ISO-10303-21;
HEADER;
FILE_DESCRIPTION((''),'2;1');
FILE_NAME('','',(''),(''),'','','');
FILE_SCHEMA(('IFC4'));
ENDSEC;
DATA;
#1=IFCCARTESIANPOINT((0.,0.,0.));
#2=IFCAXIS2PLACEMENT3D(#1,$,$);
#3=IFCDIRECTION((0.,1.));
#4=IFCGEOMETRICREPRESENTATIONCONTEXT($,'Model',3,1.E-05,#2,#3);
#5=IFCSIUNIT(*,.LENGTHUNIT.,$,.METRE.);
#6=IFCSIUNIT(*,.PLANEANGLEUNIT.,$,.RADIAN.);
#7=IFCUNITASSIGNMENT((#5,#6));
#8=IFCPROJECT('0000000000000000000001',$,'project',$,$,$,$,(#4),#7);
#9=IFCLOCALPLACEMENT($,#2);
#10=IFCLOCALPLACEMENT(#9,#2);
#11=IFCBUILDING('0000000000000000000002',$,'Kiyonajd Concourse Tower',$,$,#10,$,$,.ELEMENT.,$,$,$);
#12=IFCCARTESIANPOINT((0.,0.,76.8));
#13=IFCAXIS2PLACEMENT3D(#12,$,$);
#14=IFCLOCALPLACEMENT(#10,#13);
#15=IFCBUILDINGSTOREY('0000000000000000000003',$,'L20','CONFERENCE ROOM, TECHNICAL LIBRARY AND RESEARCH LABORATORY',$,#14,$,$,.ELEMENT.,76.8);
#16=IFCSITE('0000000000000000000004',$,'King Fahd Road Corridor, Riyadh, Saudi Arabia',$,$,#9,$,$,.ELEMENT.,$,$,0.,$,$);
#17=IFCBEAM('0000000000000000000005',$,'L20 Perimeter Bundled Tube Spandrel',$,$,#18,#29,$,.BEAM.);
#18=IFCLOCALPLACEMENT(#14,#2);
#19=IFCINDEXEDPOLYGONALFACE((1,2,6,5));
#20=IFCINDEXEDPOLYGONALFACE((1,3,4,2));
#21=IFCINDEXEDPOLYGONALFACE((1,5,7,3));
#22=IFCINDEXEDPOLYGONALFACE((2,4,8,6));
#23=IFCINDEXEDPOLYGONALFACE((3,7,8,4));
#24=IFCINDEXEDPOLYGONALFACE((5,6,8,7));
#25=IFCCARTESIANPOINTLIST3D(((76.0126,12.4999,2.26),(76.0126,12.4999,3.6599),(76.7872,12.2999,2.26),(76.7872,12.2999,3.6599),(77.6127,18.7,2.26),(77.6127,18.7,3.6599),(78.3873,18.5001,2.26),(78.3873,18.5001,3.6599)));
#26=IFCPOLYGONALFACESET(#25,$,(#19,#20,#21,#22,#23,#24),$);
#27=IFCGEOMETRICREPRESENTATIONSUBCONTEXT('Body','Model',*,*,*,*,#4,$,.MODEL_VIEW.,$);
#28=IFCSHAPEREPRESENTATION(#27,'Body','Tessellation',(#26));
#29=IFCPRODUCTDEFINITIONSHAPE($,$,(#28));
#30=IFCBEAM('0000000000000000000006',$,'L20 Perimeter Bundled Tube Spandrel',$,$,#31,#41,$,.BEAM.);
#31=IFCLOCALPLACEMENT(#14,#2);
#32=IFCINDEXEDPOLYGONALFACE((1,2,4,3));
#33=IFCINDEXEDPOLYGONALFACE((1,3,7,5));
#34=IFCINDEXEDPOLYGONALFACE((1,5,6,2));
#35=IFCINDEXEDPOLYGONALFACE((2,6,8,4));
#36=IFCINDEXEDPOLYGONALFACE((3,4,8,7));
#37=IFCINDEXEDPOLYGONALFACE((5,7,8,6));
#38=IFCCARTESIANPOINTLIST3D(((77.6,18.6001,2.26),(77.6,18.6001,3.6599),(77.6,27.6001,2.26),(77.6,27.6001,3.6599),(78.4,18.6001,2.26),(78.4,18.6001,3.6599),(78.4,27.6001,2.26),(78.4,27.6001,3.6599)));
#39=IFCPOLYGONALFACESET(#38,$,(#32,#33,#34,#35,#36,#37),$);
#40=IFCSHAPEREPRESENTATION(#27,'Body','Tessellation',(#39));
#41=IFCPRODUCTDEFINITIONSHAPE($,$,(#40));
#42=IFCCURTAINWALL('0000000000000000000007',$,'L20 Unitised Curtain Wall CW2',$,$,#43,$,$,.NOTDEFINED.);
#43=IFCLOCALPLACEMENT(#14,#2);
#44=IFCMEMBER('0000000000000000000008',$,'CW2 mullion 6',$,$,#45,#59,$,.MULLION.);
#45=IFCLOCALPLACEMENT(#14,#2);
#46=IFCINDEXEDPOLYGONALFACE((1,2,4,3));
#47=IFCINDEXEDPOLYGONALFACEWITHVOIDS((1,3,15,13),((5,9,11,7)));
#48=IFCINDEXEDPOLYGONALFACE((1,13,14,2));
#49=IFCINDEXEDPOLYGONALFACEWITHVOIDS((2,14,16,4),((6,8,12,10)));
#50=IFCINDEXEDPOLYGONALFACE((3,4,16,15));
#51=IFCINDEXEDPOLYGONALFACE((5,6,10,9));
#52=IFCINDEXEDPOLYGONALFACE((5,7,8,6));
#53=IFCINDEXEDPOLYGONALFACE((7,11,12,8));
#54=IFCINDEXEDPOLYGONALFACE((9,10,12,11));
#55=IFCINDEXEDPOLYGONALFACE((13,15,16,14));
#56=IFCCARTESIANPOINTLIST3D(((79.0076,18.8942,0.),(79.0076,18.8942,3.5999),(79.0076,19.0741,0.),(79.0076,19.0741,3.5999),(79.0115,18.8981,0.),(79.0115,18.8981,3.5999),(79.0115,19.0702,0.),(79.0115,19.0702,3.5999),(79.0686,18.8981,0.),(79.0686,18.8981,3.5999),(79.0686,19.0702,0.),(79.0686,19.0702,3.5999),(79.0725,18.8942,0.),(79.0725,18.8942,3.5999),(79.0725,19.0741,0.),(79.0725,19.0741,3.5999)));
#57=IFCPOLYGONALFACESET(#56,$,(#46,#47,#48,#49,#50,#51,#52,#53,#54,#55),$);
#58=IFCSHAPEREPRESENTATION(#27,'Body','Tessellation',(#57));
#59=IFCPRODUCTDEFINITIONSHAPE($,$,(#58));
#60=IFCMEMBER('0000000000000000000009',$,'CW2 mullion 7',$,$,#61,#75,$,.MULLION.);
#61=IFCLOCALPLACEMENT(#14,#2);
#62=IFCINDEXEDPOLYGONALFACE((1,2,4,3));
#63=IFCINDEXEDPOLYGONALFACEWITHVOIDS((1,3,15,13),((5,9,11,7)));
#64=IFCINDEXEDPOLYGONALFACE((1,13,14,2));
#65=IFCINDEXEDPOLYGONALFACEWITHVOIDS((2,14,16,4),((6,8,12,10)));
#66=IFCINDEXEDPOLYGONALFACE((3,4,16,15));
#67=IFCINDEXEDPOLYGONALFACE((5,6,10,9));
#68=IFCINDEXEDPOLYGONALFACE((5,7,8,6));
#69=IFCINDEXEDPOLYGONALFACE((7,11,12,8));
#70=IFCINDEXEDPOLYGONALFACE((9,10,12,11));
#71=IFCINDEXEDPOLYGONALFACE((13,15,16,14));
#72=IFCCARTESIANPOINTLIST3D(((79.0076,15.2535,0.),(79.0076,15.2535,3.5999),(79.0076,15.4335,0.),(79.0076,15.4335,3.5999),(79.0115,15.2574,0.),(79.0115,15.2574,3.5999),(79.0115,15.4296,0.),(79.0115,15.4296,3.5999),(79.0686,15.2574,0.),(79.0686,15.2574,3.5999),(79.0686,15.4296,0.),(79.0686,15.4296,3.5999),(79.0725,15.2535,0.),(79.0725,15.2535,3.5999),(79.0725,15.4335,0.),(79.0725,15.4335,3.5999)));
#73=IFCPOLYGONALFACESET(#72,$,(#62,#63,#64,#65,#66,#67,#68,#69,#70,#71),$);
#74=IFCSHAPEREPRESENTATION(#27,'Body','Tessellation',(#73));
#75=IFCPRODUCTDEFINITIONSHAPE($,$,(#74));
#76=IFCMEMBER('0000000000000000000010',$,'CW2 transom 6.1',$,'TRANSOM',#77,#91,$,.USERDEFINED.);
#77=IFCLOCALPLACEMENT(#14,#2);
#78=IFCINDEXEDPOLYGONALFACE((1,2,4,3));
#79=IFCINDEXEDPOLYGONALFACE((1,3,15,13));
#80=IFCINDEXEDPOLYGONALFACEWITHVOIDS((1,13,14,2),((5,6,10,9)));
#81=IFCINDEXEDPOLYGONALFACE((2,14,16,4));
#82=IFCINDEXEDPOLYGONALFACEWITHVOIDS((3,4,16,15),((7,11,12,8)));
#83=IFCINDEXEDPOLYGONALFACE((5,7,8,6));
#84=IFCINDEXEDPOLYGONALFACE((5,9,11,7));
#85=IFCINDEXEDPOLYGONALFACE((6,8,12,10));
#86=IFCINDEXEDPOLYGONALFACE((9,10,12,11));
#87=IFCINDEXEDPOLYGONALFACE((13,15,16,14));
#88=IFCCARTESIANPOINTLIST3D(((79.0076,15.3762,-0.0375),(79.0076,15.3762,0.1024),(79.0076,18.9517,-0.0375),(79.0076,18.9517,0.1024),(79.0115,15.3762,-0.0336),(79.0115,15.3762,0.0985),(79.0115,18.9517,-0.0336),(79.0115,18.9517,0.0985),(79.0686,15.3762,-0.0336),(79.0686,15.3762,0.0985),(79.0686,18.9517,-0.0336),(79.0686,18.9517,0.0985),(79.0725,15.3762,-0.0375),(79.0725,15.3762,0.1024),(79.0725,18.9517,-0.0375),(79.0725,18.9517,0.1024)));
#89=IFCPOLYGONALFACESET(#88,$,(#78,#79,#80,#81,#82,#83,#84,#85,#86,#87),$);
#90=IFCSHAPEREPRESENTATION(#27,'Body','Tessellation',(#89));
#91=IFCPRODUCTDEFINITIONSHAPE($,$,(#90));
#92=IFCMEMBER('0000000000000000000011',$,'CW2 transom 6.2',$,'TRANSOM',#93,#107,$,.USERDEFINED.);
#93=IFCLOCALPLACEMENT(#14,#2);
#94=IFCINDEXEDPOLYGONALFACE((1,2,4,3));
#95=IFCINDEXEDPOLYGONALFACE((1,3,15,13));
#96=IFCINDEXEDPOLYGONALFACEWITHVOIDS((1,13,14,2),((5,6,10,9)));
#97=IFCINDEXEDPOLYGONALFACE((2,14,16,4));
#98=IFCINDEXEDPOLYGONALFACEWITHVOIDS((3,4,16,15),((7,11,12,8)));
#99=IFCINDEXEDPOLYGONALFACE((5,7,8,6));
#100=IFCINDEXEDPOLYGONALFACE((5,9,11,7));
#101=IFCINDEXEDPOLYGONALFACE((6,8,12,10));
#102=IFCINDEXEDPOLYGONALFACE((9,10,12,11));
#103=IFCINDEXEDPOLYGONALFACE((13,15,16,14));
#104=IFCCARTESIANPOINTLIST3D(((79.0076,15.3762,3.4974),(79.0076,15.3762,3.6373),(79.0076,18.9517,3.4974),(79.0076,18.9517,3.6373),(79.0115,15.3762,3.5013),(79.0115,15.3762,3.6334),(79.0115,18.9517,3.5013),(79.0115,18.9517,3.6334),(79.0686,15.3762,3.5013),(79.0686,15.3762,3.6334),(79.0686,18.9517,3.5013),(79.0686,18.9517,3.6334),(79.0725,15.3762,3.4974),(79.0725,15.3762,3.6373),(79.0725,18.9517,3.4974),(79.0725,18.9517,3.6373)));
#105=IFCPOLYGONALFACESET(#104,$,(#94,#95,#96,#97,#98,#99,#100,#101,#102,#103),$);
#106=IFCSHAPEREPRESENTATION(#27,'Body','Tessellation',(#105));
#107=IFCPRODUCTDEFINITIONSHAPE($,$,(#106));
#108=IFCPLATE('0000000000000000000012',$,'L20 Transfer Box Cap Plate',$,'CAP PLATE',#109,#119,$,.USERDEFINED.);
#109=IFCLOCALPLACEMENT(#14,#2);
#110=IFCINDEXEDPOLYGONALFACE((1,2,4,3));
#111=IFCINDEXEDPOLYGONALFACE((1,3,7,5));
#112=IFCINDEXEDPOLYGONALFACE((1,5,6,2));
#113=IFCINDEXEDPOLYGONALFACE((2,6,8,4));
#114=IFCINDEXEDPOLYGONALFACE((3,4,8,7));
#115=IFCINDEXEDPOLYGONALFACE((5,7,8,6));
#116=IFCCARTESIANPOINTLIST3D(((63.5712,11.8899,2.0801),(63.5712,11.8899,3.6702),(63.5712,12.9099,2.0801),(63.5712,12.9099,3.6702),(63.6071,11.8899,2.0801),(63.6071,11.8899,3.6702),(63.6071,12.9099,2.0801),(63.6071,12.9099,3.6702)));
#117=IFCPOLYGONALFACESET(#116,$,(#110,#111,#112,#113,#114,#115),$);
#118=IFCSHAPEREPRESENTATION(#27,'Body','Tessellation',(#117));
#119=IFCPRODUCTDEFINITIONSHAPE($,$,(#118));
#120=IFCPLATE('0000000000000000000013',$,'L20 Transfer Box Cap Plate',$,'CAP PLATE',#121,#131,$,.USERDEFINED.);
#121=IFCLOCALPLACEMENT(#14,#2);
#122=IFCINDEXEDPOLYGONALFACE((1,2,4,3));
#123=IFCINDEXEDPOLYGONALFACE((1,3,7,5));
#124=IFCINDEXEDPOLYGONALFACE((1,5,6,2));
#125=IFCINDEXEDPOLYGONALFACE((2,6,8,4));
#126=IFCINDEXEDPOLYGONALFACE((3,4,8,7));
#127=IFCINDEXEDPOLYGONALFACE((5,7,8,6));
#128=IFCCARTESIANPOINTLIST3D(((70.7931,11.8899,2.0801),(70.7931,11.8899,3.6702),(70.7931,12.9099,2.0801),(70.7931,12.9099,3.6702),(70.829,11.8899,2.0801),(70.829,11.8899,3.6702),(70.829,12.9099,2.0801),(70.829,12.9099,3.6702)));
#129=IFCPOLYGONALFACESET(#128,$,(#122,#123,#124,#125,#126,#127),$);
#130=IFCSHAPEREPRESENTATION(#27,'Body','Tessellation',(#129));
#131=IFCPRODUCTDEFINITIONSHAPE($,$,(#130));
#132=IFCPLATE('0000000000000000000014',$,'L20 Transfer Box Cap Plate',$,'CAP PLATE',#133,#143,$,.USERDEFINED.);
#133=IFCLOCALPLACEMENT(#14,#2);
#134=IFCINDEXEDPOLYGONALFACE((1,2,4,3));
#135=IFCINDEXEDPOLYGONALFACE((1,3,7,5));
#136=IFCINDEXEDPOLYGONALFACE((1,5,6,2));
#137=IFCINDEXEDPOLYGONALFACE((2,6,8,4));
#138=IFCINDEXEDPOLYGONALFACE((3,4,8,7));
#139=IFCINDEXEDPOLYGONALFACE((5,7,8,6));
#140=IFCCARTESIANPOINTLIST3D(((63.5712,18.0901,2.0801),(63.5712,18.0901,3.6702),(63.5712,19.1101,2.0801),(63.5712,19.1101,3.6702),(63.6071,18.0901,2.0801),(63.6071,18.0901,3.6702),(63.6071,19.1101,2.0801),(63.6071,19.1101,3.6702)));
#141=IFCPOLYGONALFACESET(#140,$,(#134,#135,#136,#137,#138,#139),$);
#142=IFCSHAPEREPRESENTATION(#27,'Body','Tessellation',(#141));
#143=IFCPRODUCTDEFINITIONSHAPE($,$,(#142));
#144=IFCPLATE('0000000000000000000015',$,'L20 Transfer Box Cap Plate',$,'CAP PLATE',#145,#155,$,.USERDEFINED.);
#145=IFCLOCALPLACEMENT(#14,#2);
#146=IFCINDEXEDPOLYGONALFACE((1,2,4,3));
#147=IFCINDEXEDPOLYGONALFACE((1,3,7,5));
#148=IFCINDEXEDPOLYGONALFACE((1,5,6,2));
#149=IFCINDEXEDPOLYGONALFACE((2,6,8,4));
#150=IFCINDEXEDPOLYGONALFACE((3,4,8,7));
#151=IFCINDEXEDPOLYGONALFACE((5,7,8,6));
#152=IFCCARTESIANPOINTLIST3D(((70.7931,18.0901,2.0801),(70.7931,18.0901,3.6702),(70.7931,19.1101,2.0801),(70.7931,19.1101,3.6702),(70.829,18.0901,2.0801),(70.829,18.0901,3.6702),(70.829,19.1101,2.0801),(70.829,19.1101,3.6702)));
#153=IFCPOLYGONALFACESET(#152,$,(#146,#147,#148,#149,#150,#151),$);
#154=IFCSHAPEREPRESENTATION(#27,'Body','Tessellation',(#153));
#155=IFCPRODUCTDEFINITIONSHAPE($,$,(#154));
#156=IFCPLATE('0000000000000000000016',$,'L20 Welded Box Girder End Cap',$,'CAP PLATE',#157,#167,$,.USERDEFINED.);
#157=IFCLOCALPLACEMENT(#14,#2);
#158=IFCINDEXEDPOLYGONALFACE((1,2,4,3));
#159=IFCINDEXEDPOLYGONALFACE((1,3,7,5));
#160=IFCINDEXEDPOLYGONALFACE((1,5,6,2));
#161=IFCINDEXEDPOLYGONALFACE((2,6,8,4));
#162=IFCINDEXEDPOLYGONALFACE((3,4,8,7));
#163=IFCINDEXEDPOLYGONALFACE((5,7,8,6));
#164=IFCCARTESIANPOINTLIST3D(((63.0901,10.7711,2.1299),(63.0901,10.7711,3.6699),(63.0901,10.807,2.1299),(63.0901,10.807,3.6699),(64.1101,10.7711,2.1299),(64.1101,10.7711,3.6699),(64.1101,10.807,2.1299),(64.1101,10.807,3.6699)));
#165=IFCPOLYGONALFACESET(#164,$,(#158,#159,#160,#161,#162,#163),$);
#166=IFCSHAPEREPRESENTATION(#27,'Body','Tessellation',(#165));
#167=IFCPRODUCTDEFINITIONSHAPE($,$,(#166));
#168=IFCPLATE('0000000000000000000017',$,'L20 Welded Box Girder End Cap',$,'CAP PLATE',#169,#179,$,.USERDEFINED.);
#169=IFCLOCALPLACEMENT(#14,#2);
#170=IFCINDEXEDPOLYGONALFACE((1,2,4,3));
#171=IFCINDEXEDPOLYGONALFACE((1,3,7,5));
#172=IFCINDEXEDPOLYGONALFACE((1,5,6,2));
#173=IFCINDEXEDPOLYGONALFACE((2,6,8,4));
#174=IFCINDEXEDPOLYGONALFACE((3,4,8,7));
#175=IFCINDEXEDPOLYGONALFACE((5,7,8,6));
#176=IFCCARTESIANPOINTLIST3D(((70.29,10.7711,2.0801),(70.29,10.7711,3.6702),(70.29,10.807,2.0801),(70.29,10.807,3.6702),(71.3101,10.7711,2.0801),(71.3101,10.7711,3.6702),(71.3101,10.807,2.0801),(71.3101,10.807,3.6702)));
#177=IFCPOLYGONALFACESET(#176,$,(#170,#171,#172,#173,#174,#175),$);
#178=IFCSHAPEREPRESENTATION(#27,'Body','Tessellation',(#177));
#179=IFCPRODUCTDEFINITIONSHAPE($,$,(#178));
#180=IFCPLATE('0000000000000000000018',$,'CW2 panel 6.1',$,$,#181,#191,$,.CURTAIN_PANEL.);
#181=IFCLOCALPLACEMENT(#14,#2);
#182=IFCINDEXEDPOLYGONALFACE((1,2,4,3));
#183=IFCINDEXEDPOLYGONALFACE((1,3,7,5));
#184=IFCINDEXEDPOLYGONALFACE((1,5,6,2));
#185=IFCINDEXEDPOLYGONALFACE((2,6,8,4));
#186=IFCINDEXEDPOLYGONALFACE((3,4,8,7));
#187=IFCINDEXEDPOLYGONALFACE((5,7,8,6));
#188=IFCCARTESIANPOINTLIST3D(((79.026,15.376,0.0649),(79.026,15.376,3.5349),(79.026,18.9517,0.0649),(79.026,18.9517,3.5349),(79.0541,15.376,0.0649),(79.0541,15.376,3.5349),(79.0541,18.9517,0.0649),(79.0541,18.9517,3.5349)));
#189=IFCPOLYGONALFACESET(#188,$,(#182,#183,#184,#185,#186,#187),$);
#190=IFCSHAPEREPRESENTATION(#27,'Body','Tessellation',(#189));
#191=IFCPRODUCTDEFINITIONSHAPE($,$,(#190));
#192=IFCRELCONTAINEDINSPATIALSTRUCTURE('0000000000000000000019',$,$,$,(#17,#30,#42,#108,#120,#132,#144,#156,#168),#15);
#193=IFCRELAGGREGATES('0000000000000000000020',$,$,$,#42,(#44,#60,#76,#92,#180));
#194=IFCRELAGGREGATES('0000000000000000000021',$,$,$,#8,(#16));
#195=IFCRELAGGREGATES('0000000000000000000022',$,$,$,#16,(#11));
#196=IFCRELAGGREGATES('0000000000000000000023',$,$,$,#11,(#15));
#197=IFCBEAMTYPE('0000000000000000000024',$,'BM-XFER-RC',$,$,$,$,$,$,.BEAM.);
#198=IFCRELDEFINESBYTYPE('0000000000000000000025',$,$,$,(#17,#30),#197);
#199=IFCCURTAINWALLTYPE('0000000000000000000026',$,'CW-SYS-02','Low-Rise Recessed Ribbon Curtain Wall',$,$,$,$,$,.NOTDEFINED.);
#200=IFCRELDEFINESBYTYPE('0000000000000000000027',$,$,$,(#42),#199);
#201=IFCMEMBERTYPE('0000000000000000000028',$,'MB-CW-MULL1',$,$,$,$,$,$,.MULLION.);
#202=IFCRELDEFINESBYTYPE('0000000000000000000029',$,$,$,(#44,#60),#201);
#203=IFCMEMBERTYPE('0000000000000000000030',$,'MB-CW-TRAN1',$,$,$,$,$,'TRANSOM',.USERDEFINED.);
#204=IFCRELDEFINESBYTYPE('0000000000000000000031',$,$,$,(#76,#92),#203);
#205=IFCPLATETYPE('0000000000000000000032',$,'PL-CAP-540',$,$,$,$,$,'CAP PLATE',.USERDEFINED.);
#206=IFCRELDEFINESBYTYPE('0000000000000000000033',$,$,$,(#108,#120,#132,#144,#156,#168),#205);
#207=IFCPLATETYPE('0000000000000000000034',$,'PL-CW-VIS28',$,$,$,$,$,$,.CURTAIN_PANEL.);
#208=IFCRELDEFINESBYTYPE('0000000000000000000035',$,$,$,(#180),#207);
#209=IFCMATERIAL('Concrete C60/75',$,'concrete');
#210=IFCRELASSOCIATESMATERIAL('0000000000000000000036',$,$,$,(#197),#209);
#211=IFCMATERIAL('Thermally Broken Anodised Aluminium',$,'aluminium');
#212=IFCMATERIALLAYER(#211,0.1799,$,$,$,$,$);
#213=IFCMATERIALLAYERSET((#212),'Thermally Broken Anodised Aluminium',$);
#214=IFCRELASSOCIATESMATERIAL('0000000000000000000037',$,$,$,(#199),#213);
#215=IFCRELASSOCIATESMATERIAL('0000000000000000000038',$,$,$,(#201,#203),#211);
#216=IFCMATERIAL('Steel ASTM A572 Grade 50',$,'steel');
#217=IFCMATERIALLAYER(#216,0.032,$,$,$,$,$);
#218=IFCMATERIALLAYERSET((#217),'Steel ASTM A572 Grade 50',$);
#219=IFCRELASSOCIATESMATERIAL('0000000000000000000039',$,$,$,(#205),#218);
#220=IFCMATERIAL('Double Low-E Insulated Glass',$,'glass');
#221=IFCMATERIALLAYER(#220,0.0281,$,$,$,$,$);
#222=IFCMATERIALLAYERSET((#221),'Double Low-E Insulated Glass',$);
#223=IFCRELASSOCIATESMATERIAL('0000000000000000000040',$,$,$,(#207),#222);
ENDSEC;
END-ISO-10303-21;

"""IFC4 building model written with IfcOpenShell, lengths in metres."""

from ifc_helpers import new_model, si_unit, direction, frame, origin, origin_2d, place, context, subcontext, project, spatial, rectangle, hollow_rectangle, extrude, material, layer, layer_set, material_profile, profile_set, type_object, element, aggregate, save


model = new_model("IFC4")

# Units and contexts
model_context = context("Model", 3, precision=1e-05, world=origin(), true_north=direction((0.0, 1.0)))
body_context = subcontext(model_context, "Body", "Model", "MODEL_VIEW")
ifc_project = project(units=[si_unit("LENGTHUNIT", "METRE"), si_unit("PLANEANGLEUNIT", "RADIAN")], contexts=[model_context])

# Site, building, storey
site_placement = place(None, origin())
site = spatial("IfcSite", under=ifc_project, at=site_placement, Name="King Fahd Road Corridor, Riyadh, Saudi Arabia", CompositionType="ELEMENT", RefElevation=0.0)
building_placement = place(site_placement, origin())
building = spatial("IfcBuilding", under=site, at=building_placement, Name="Kiyonajd Concourse Tower", CompositionType="ELEMENT")
storey_placement = place(building_placement, frame((0.0, 0.0, 76.8)))
storey = spatial("IfcBuildingStorey", under=building, at=storey_placement, Name="L20", Description="CONFERENCE ROOM, TECHNICAL LIBRARY AND RESEARCH LABORATORY", CompositionType="ELEMENT", Elevation=76.8)

# Beams
ifc_material_1 = material(Name="Steel ASTM A572 Grade 50", Category="steel")
ifc_material_2 = material(Name="Concrete C60/75", Category="concrete")
ifc_material_profile_1 = material_profile(ifc_material_2, rectangle(XDim=0.8, YDim=1.3999, at=origin_2d()), Name="RCBM-800x1400")
ifc_profile_set_1 = profile_set([ifc_material_profile_1], Name="Concrete C60/75")
beam_type_1 = type_object("IfcBeamType", Name="BM-XFER-RC", PredefinedType="BEAM", material=ifc_profile_set_1)
beam_1_placement = place(storey_placement, frame((76.3999, 12.3999, 2.96), z_axis=(0.249885, 0.968276, 0.0), x_axis=(-0.968276, 0.249885, 0.0)))
element("IfcBeam", 1, at=beam_1_placement, inside=storey, type_object=beam_type_1, Name="L20 Perimeter Bundled Tube Spandrel", PredefinedType="BEAM", context=body_context, shape_type="SweptSolid", body=[
    extrude(rectangle(XDim=0.8, YDim=1.3999, at=origin_2d()), origin(), (0.0, 0.0, 1.0), 6.4033),
])
beam_2_placement = place(storey_placement, frame((78.0, 18.6001, 2.96), z_axis=(0.0, 1.0, 0.0), x_axis=(-1.0, 0.0, 0.0)))
element("IfcBeam", 2, at=beam_2_placement, inside=storey, type_object=beam_type_1, Name="L20 Perimeter Bundled Tube Spandrel", PredefinedType="BEAM", context=body_context, shape_type="SweptSolid", body=[
    extrude(rectangle(XDim=0.8, YDim=1.3999, at=origin_2d()), origin(), (0.0, 0.0, 1.0), 9.0),
])

# Curtain wall, members
ifc_material_3 = material(Name="Thermally Broken Anodised Aluminium", Category="aluminium")
ifc_layer_1 = layer(ifc_material_3, 0.1799)
ifc_layer_set_1 = layer_set([ifc_layer_1], Name="Thermally Broken Anodised Aluminium")
curtain_wall_type = type_object("IfcCurtainWallType", Name="CW-SYS-02", Description="Low-Rise Recessed Ribbon Curtain Wall", PredefinedType="NOTDEFINED", material=ifc_layer_set_1)
curtain_wall_placement = place(storey_placement, origin())
curtain_wall = element("IfcCurtainWall", 3, at=curtain_wall_placement, inside=storey, type_object=curtain_wall_type, Name="L20 Unitised Curtain Wall CW2", PredefinedType="NOTDEFINED")
ifc_material_profile_2 = material_profile(ifc_material_3, hollow_rectangle(XDim=0.0649, YDim=0.1799, WallThickness=0.0039, at=origin_2d()), Name="MULL-65x180")
ifc_profile_set_2 = profile_set([ifc_material_profile_2], Name="Thermally Broken Anodised Aluminium")
member_type_1 = type_object("IfcMemberType", Name="MB-CW-MULL1", PredefinedType="MULLION", material=ifc_profile_set_2)
member_1_placement = place(storey_placement, frame((79.04, 18.9841, 0.0), z_axis=(0.0, 0.0, 1.0), x_axis=(1.0, 0.0, 0.0)))
member_1 = element("IfcMember", 4, at=member_1_placement, type_object=member_type_1, Name="CW2 mullion 6", PredefinedType="MULLION", context=body_context, shape_type="SweptSolid", body=[
    extrude(hollow_rectangle(XDim=0.0649, YDim=0.1799, WallThickness=0.0039, at=origin_2d()), origin(), (0.0, 0.0, 1.0), 3.5999),
])
member_2_placement = place(storey_placement, frame((79.04, 15.3435, 0.0), z_axis=(0.0, 0.0, 1.0), x_axis=(1.0, 0.0, 0.0)))
member_2 = element("IfcMember", 5, at=member_2_placement, type_object=member_type_1, Name="CW2 mullion 7", PredefinedType="MULLION", context=body_context, shape_type="SweptSolid", body=[
    extrude(hollow_rectangle(XDim=0.0649, YDim=0.1799, WallThickness=0.0039, at=origin_2d()), origin(), (0.0, 0.0, 1.0), 3.5999),
])
ifc_material_profile_3 = material_profile(ifc_material_3, hollow_rectangle(XDim=0.0649, YDim=0.1399, WallThickness=0.0039, at=origin_2d()), Name="TRAN-65x140")
ifc_profile_set_3 = profile_set([ifc_material_profile_3], Name="Thermally Broken Anodised Aluminium")
member_type_2 = type_object("IfcMemberType", Name="MB-CW-TRAN1", ElementType="TRANSOM", PredefinedType="USERDEFINED", material=ifc_profile_set_3)
member_3_placement = place(storey_placement, frame((79.04, 18.9517, 0.0325), z_axis=(0.0, -1.0, 0.0), x_axis=(1.0, 0.0, 0.0)))
member_3 = element("IfcMember", 6, at=member_3_placement, type_object=member_type_2, Name="CW2 transom 6.1", ObjectType="TRANSOM", PredefinedType="USERDEFINED", context=body_context, shape_type="SweptSolid", body=[
    extrude(hollow_rectangle(XDim=0.0649, YDim=0.1399, WallThickness=0.0039, at=origin_2d()), origin(), (0.0, 0.0, 1.0), 3.5754),
])
member_4_placement = place(storey_placement, frame((79.04, 18.9517, 3.5674), z_axis=(0.0, -1.0, 0.0), x_axis=(1.0, 0.0, 0.0)))
member_4 = element("IfcMember", 7, at=member_4_placement, type_object=member_type_2, Name="CW2 transom 6.2", ObjectType="TRANSOM", PredefinedType="USERDEFINED", context=body_context, shape_type="SweptSolid", body=[
    extrude(hollow_rectangle(XDim=0.0649, YDim=0.1399, WallThickness=0.0039, at=origin_2d()), origin(), (0.0, 0.0, 1.0), 3.5754),
])

# Plates
ifc_layer_2 = layer(ifc_material_1, 0.032)
ifc_layer_set_2 = layer_set([ifc_layer_2], Name="Steel ASTM A572 Grade 50")
plate_type_1 = type_object("IfcPlateType", Name="PL-CAP-540", ElementType="CAP PLATE", PredefinedType="USERDEFINED", material=ifc_layer_set_2)
for number, where, z_axis, x_axis, name in (
    (8, (63.5891, 12.3999, 2.0801), (0.0, 0.0, 1.0), (-1.0, 0.0, 0.0), "L20 Transfer Box Cap Plate"),
    (9, (70.811, 12.3999, 2.0801), (0.0, 0.0, 1.0), (1.0, 0.0, 0.0), "L20 Transfer Box Cap Plate"),
    (10, (63.5891, 18.6001, 2.0801), (0.0, 0.0, 1.0), (-1.0, 0.0, 0.0), "L20 Transfer Box Cap Plate"),
    (11, (70.811, 18.6001, 2.0801), (0.0, 0.0, 1.0), (1.0, 0.0, 0.0), "L20 Transfer Box Cap Plate"),
):
    element("IfcPlate", number, at=place(storey_placement, frame(where, z_axis=z_axis, x_axis=x_axis)), inside=storey, type_object=plate_type_1, Name=name, ObjectType="CAP PLATE", PredefinedType="USERDEFINED", context=body_context, shape_type="SweptSolid", body=[
        extrude(rectangle(XDim=0.0359, YDim=1.02, at=origin_2d()), origin(), (0.0, 0.0, 1.0), 1.5901),
    ])
plate_1_placement = place(storey_placement, frame((63.6001, 10.7891, 2.1299), z_axis=(0.0, 0.0, 1.0), x_axis=(0.0, -1.0, 0.0)))
element("IfcPlate", 12, at=plate_1_placement, inside=storey, type_object=plate_type_1, Name="L20 Welded Box Girder End Cap", ObjectType="CAP PLATE", PredefinedType="USERDEFINED", context=body_context, shape_type="SweptSolid", body=[
    extrude(rectangle(XDim=0.0359, YDim=1.02, at=origin_2d()), origin(), (0.0, 0.0, 1.0), 1.54),
])
plate_2_placement = place(storey_placement, frame((70.8, 10.7891, 2.0801), z_axis=(0.0, 0.0, 1.0), x_axis=(0.0, -1.0, 0.0)))
element("IfcPlate", 13, at=plate_2_placement, inside=storey, type_object=plate_type_1, Name="L20 Welded Box Girder End Cap", ObjectType="CAP PLATE", PredefinedType="USERDEFINED", context=body_context, shape_type="SweptSolid", body=[
    extrude(rectangle(XDim=0.0359, YDim=1.02, at=origin_2d()), origin(), (0.0, 0.0, 1.0), 1.5901),
])

# Plate
ifc_material_4 = material(Name="Double Low-E Insulated Glass", Category="glass")
ifc_layer_3 = layer(ifc_material_4, 0.0281)
ifc_layer_set_3 = layer_set([ifc_layer_3], Name="Double Low-E Insulated Glass")
plate_type_2 = type_object("IfcPlateType", Name="PL-CW-VIS28", PredefinedType="CURTAIN_PANEL", material=ifc_layer_set_3)
plate_3_placement = place(storey_placement, frame((79.04, 17.1638, 0.0649), z_axis=(0.0, 0.0, 1.0), x_axis=(0.0, -1.0, 0.0)))
plate_3 = element("IfcPlate", 14, at=plate_3_placement, type_object=plate_type_2, Name="CW2 panel 6.1", PredefinedType="CURTAIN_PANEL", context=body_context, shape_type="SweptSolid", body=[
    extrude(rectangle(XDim=3.5757, YDim=0.0281, at=origin_2d()), origin(), (0.0, 0.0, 1.0), 3.47),
])
aggregate(curtain_wall, [member_1, member_2, member_3, member_4, plate_3])

save(model, "model.ifc")
